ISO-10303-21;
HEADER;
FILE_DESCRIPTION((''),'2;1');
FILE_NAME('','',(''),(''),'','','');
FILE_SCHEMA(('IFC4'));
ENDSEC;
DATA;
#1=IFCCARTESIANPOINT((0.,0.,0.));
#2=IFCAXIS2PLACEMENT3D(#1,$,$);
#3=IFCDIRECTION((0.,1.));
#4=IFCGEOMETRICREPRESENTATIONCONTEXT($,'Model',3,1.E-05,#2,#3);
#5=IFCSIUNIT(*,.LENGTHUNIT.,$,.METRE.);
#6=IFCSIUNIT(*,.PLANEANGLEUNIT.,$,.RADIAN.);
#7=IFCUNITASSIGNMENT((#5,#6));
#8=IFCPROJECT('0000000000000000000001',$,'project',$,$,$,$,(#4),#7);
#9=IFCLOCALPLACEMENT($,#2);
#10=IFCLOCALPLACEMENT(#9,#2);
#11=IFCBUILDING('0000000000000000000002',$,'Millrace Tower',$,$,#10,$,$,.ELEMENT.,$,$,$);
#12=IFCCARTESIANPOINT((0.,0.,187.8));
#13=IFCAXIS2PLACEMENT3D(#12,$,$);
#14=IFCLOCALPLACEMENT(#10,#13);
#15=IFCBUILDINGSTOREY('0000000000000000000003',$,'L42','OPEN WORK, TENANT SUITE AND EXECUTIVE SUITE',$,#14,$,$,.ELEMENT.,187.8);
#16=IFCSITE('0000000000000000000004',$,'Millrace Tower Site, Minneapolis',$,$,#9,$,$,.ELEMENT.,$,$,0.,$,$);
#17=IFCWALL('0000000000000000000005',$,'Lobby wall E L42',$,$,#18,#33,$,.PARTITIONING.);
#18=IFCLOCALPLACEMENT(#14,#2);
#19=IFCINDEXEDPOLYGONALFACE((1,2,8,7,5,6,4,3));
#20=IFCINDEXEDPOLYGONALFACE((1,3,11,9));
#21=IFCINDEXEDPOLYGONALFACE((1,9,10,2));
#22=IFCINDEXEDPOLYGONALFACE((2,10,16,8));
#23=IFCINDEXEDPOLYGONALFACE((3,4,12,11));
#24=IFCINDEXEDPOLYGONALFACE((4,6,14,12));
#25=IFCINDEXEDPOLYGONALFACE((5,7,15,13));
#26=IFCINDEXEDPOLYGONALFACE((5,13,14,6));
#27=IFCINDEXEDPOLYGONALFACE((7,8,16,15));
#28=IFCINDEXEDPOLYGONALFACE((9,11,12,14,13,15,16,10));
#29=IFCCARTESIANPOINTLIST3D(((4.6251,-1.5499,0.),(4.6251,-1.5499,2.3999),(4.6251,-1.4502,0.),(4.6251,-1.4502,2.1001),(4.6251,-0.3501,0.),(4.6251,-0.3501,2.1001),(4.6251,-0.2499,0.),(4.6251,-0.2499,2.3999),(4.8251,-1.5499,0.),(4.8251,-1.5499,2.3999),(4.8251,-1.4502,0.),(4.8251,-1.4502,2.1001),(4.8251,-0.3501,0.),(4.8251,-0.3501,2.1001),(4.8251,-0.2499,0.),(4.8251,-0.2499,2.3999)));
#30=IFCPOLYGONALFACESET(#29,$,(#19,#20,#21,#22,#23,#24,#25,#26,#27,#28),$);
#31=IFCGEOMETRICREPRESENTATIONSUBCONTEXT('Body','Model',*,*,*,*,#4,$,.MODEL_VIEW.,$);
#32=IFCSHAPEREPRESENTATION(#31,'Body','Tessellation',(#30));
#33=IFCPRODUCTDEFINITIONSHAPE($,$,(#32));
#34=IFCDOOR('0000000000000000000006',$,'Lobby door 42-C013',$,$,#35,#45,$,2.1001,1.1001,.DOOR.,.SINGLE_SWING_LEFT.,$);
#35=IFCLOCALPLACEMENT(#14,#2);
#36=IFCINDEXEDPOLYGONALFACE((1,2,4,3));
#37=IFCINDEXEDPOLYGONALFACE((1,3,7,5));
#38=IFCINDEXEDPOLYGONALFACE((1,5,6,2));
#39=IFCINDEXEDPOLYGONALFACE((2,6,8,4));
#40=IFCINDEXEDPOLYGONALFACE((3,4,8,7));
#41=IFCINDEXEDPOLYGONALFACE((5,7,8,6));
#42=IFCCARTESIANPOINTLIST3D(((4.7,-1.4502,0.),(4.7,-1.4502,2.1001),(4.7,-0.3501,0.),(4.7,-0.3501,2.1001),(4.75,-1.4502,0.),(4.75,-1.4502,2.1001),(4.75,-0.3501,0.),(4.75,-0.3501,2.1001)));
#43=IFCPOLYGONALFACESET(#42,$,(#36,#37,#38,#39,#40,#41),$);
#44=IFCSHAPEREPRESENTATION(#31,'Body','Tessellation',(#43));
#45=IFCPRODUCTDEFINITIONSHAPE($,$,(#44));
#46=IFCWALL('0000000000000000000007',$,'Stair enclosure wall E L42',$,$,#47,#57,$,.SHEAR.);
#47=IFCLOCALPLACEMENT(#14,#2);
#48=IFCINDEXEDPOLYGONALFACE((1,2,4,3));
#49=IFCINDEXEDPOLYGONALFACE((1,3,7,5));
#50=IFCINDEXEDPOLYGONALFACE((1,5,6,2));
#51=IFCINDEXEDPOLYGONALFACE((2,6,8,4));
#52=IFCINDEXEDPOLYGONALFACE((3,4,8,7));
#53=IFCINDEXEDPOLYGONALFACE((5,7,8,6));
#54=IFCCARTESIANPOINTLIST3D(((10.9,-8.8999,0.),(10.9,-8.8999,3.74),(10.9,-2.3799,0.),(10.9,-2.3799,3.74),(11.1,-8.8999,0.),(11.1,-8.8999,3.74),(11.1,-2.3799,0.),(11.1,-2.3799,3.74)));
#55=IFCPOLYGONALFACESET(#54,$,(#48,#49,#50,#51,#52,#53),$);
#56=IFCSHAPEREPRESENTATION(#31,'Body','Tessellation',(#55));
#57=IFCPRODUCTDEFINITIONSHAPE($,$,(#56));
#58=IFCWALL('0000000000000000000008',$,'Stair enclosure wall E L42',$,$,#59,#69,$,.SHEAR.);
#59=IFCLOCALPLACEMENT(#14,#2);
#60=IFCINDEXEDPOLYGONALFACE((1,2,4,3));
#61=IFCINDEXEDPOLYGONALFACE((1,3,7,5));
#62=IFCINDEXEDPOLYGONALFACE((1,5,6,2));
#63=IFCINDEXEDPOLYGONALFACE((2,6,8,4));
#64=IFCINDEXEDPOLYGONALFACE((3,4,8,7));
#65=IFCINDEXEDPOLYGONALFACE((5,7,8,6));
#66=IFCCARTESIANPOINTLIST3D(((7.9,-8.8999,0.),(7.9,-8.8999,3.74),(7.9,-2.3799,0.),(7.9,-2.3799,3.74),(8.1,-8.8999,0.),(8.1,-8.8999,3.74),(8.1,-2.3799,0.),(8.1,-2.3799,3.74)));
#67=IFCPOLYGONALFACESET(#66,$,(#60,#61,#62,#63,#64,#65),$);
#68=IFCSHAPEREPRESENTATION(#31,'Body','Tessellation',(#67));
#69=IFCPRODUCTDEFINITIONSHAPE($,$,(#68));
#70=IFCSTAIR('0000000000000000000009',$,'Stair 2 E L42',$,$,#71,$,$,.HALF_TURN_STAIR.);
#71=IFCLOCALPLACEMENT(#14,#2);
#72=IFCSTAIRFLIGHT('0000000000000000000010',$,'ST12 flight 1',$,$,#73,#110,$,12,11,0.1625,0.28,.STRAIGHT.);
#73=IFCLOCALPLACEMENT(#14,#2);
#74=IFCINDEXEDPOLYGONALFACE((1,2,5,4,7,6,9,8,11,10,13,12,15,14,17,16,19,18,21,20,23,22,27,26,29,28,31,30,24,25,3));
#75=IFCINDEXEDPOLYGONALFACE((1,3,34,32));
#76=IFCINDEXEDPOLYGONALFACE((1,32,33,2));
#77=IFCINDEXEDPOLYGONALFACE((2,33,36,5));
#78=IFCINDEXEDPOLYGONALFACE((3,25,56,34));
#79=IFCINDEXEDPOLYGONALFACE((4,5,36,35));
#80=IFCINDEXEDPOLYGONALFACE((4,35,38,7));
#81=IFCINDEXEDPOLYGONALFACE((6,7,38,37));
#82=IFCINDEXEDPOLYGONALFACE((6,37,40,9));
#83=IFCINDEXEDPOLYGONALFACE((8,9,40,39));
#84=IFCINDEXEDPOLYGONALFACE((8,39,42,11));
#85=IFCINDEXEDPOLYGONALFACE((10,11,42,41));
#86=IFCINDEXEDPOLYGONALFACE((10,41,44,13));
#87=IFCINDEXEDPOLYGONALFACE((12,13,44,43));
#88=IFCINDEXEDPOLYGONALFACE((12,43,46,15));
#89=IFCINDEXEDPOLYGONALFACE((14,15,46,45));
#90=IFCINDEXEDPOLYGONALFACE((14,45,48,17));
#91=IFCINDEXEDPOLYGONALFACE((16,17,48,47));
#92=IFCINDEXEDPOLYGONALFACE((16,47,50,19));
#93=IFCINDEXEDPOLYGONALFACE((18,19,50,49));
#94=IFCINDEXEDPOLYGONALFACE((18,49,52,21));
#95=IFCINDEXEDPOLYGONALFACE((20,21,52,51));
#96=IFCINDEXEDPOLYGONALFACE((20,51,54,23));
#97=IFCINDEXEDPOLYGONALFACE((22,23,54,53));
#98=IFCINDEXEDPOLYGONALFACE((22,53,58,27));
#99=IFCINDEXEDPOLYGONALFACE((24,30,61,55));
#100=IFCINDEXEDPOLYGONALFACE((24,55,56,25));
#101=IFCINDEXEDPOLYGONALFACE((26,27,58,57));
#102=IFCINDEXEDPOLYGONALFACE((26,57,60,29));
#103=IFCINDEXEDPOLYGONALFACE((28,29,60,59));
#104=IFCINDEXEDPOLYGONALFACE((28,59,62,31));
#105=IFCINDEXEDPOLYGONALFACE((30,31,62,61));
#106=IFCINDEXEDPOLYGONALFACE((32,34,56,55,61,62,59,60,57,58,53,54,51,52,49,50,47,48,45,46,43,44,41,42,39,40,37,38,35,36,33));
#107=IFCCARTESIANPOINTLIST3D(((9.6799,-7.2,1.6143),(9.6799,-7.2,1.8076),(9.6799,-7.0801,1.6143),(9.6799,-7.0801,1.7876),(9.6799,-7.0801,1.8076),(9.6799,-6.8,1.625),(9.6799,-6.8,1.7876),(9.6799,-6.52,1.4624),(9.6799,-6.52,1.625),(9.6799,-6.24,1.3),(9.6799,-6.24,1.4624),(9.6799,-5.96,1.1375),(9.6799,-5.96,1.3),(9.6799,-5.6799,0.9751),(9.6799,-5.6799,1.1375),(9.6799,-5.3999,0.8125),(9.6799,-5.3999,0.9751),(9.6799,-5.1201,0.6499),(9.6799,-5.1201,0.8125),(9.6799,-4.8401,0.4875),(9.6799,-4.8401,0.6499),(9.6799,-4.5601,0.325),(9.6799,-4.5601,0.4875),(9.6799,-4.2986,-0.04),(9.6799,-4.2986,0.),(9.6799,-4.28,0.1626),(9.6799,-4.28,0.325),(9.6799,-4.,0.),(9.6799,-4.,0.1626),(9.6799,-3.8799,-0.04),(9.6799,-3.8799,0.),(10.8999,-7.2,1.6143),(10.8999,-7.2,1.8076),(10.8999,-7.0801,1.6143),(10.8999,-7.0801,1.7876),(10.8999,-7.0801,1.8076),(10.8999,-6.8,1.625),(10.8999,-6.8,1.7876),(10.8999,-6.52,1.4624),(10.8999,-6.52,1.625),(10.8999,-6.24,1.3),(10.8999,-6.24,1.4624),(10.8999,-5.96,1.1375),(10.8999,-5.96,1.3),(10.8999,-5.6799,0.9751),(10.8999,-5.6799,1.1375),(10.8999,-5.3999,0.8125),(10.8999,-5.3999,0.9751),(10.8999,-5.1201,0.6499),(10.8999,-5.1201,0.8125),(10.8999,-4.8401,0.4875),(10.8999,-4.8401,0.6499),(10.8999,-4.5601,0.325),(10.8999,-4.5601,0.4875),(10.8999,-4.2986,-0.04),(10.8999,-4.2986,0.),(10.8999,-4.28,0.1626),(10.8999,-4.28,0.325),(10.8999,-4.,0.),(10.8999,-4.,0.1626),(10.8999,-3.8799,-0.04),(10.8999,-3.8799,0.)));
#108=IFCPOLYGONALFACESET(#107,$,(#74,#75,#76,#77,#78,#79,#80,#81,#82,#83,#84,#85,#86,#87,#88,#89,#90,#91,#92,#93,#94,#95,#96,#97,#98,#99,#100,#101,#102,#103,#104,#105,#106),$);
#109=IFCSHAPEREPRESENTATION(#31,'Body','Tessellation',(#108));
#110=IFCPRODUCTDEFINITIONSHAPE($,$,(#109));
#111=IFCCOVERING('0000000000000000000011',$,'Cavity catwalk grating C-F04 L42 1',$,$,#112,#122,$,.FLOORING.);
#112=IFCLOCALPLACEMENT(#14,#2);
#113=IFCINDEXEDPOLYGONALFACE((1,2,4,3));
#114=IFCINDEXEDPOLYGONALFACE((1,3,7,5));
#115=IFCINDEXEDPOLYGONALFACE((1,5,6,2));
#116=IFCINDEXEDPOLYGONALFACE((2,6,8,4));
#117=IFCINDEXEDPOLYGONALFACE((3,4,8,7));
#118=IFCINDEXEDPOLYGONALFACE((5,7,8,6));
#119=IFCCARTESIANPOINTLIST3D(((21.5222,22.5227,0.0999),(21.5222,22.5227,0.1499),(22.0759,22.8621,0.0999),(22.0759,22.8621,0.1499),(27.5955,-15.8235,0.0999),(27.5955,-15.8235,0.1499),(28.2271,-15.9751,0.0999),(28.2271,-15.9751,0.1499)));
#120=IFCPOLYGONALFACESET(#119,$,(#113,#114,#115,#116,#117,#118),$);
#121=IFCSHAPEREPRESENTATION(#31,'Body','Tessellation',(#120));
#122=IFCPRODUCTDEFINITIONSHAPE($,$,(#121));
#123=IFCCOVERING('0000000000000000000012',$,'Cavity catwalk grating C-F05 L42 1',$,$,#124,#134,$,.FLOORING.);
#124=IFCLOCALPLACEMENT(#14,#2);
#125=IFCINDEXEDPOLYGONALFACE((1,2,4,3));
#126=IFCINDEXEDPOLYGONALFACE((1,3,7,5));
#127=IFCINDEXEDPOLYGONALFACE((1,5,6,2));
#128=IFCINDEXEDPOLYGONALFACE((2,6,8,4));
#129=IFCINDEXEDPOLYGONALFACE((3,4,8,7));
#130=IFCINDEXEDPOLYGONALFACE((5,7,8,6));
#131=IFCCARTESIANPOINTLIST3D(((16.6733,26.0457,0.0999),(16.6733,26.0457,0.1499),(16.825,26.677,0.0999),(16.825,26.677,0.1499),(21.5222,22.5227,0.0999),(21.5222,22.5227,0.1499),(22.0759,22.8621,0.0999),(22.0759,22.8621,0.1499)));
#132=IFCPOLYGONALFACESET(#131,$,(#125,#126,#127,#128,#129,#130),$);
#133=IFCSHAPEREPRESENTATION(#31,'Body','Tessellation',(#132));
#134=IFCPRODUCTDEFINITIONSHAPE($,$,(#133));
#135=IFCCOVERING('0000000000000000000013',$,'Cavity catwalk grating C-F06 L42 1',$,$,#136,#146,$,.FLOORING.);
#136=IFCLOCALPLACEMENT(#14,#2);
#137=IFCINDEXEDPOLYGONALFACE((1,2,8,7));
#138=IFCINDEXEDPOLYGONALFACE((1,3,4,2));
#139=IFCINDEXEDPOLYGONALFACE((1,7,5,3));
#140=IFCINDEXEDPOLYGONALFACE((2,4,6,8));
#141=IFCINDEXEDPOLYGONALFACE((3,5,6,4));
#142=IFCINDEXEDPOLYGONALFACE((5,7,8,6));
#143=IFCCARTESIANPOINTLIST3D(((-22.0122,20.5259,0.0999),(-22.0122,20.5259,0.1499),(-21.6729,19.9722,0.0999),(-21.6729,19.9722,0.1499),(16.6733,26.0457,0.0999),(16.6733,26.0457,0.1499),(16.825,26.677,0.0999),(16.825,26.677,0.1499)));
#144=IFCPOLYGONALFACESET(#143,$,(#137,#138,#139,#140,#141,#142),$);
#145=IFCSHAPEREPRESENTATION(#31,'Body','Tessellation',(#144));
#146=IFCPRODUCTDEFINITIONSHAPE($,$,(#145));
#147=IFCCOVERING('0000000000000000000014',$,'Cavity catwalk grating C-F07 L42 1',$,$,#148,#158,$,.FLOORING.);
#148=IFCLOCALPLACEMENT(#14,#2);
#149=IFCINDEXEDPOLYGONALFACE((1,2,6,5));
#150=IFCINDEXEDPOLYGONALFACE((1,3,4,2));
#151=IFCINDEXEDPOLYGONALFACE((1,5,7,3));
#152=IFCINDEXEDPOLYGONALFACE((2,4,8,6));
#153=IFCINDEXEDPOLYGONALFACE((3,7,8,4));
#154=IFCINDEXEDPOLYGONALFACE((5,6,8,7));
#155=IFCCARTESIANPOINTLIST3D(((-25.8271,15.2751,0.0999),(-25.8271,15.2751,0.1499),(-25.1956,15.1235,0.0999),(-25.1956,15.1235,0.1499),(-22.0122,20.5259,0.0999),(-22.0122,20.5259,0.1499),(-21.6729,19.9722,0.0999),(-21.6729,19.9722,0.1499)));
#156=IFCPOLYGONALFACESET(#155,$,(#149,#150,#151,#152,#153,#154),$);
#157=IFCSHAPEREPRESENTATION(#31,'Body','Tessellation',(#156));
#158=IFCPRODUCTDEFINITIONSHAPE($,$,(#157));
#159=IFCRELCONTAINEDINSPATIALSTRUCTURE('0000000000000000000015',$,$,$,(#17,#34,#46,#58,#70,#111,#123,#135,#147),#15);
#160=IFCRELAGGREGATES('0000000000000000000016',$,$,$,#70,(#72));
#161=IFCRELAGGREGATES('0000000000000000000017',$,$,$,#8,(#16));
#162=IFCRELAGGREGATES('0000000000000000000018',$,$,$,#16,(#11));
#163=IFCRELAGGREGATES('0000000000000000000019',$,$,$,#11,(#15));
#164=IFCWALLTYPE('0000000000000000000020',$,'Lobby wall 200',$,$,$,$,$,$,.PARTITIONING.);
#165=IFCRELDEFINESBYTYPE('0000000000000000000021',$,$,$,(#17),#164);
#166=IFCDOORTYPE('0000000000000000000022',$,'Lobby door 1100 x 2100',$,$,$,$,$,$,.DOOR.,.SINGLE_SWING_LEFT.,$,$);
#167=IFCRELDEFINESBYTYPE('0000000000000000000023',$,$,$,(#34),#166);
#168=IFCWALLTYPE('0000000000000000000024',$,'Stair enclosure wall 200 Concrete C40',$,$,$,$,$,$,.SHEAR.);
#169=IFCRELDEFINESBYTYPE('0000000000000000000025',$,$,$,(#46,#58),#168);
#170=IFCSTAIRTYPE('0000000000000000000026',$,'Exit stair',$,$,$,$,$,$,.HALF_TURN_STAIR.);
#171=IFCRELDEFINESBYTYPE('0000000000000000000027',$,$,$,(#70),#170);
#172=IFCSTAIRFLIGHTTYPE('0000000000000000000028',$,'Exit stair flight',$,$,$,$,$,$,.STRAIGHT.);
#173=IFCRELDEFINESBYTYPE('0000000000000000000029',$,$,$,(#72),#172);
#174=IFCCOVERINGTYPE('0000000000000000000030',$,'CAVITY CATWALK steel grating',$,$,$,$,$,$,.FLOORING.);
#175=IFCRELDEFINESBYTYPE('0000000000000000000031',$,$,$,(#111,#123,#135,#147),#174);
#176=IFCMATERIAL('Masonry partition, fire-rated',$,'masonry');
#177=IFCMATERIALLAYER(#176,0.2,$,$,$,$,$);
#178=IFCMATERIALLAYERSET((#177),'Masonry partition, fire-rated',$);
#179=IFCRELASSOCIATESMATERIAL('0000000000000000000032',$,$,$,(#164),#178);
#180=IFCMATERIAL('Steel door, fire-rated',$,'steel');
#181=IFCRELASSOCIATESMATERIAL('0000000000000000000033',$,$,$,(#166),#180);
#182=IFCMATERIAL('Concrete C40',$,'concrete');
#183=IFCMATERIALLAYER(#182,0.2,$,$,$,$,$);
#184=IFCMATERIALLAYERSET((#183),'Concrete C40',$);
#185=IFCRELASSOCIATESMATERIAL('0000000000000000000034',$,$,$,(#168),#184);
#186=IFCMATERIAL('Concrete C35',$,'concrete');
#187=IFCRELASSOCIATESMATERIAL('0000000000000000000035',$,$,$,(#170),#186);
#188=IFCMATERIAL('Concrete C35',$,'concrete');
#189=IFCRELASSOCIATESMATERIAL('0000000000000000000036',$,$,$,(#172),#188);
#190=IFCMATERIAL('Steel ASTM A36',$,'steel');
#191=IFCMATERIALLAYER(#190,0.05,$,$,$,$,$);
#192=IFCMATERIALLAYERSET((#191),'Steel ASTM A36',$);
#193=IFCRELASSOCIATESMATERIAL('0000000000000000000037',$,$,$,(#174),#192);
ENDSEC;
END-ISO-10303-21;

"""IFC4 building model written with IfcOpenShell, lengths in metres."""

from ifc_helpers import new_model, si_unit, direction, frame, frame_2d, origin, place, context, subcontext, project, spatial, polyline, rectangle, outline, extrude, material, layer, layer_set, type_object, element, fill, aggregate, save


model = new_model("IFC4")

# Units and contexts
model_context = context("Model", 3, precision=1e-05, world=origin(), true_north=direction((0.0, 1.0)))
body_context = subcontext(model_context, "Body", "Model", "MODEL_VIEW")
ifc_project = project(units=[si_unit("LENGTHUNIT", "METRE"), si_unit("PLANEANGLEUNIT", "RADIAN")], contexts=[model_context])

# Site, building, storey
site_placement = place(None, origin())
site = spatial("IfcSite", under=ifc_project, at=site_placement, Name="Millrace Tower Site, Minneapolis", CompositionType="ELEMENT", RefElevation=0.0)
building_placement = place(site_placement, origin())
building = spatial("IfcBuilding", under=site, at=building_placement, Name="Millrace Tower", CompositionType="ELEMENT")
storey_placement = place(building_placement, frame((0.0, 0.0, 187.8)))
storey = spatial("IfcBuildingStorey", under=building, at=storey_placement, Name="L42", Description="OPEN WORK, TENANT SUITE AND EXECUTIVE SUITE", CompositionType="ELEMENT", Elevation=187.8)

# Shared definitions
placement_1 = place(storey_placement, origin())

# Wall, opening, door
ifc_material_1 = material(Name="Masonry partition, fire-rated", Category="masonry")
ifc_layer_1 = layer(ifc_material_1, 0.2)
ifc_layer_set_1 = layer_set([ifc_layer_1], Name="Masonry partition, fire-rated")
wall_type_1 = type_object("IfcWallType", Name="Lobby wall 200", PredefinedType="PARTITIONING", material=ifc_layer_set_1)
wall_1_placement = place(storey_placement, frame((4.7251, -0.25, 0.0), z_axis=(0.0, 0.0, 1.0), x_axis=(0.0, -1.0, 0.0)))
wall_1 = element("IfcWall", 1, at=wall_1_placement, inside=storey, type_object=wall_type_1, Name="Lobby wall E L42", PredefinedType="PARTITIONING", context=body_context, shape_type="SweptSolid", body=[
    extrude(rectangle(XDim=1.3, YDim=0.2, at=frame_2d((0.6499, 0.0))), origin(), (0.0, 0.0, 1.0), 2.3999),
])
opening_placement = place(wall_1_placement, frame((0.1001, 0.0, 0.0)))
opening = element("IfcOpeningElement", 2, at=opening_placement, cuts=wall_1, PredefinedType="OPENING", context=body_context, shape_type="SweptSolid", body=[
    extrude(rectangle(XDim=1.1001, YDim=2.1001, at=frame_2d((0.55, 1.05))), frame((0.0, 0.1099, 0.0), z_axis=(0.0, -1.0, 0.0), x_axis=(1.0, 0.0, 0.0)), (0.0, 0.0, 1.0), 0.22),
])
ifc_material_2 = material(Name="Steel door, fire-rated", Category="steel")
door_type = type_object("IfcDoorType", Name="Lobby door 1100 x 2100", OperationType="SINGLE_SWING_LEFT", PredefinedType="DOOR", material=ifc_material_2)
door_placement = place(opening_placement, origin())
door = element("IfcDoor", 3, at=door_placement, inside=storey, type_object=door_type, Name="Lobby door 42-C013", OperationType="SINGLE_SWING_LEFT", OverallHeight=2.1001, OverallWidth=1.1001, PredefinedType="DOOR", context=body_context, shape_type="SweptSolid", body=[
    extrude(rectangle(XDim=1.1001, YDim=2.1001, at=frame_2d((0.55, 1.05))), frame((0.0, 0.0249, 0.0), z_axis=(0.0, -1.0, 0.0), x_axis=(1.0, 0.0, 0.0)), (0.0, 0.0, 1.0), 0.05),
])
fill(opening, door)

# Walls
ifc_material_3 = material(Name="Concrete C40", Category="concrete")
ifc_layer_2 = layer(ifc_material_3, 0.2)
ifc_layer_set_2 = layer_set([ifc_layer_2], Name="Concrete C40")
wall_type_2 = type_object("IfcWallType", Name="Stair enclosure wall 200 Concrete C40", PredefinedType="SHEAR", material=ifc_layer_set_2)
for number, where, z_axis, x_axis, name in (
    (4, (11.0, -2.3799, 0.0), (0.0, 0.0, 1.0), (0.0, -1.0, 0.0), "Stair enclosure wall E L42"),
    (5, (8.0, -2.3799, 0.0), (0.0, 0.0, 1.0), (0.0, -1.0, 0.0), "Stair enclosure wall E L42"),
):
    element("IfcWall", number, at=place(storey_placement, frame(where, z_axis=z_axis, x_axis=x_axis)), inside=storey, type_object=wall_type_2, Name=name, PredefinedType="SHEAR", context=body_context, shape_type="SweptSolid", body=[
        extrude(rectangle(XDim=6.52, YDim=0.2, at=frame_2d((3.26, 0.0))), origin(), (0.0, 0.0, 1.0), 3.74),
    ])

# Stair, stair flight
ifc_material_4 = material(Name="Concrete C35", Category="concrete")
stair_type = type_object("IfcStairType", Name="Exit stair", PredefinedType="HALF_TURN_STAIR", material=ifc_material_4)
stair = element("IfcStair", 6, at=placement_1, inside=storey, type_object=stair_type, Name="Stair 2 E L42", PredefinedType="HALF_TURN_STAIR")
ifc_material_5 = material(Name="Concrete C35", Category="concrete")
stair_flight_type = type_object("IfcStairFlightType", Name="Exit stair flight", PredefinedType="STRAIGHT", material=ifc_material_5)
stair_flight_placement = place(storey_placement, frame((10.29, -4.0, 0.0), z_axis=(0.0, 0.0, 1.0), x_axis=(0.0, -1.0, 0.0)))
stair_flight = element("IfcStairFlight", 7, at=stair_flight_placement, type_object=stair_flight_type, Name="ST12 flight 1", NumberOfRisers=12, NumberOfTreads=11, PredefinedType="STRAIGHT", RiserHeight=0.1625, TreadLength=0.28, context=body_context, shape_type="SweptSolid", body=[
    extrude(outline(polyline([(-0.1201, -0.04), (-0.1201, 0.0), (0.0, 0.0), (0.0, 0.1626), (0.28, 0.1626), (0.28, 0.325), (0.5601, 0.325), (0.5601, 0.4875), (0.8401, 0.4875), (0.8401, 0.6499), (1.1201, 0.6499), (1.1201, 0.8125), (1.3999, 0.8125), (1.3999, 0.9751), (1.6799, 0.9751), (1.6799, 1.1375), (1.96, 1.1375), (1.96, 1.3), (2.24, 1.3), (2.24, 1.4624), (2.52, 1.4624), (2.52, 1.625), (2.8, 1.625), (2.8, 1.7876), (3.0801, 1.7876), (3.0801, 1.8076), (3.2, 1.8076), (3.2, 1.6143), (3.0801, 1.6143), (0.2986, 0.0), (0.2986, -0.04), (-0.1201, -0.04)])), frame((0.0, 0.6099, 0.0), z_axis=(0.0, -1.0, 0.0), x_axis=(1.0, 0.0, 0.0)), (0.0, 0.0, 1.0), 1.22),
])
aggregate(stair, [stair_flight])

# Coverings
ifc_material_6 = material(Name="Steel ASTM A36", Category="steel")
ifc_layer_3 = layer(ifc_material_6, 0.05)
ifc_layer_set_3 = layer_set([ifc_layer_3], Name="Steel ASTM A36")
covering_type = type_object("IfcCoveringType", Name="CAVITY CATWALK steel grating", PredefinedType="FLOORING", material=ifc_layer_set_3)
placement_2 = place(storey_placement, frame((0.0, 0.0, 0.0999)))
element("IfcCovering", 8, at=placement_2, inside=storey, type_object=covering_type, Name="Cavity catwalk grating C-F04 L42 1", PredefinedType="FLOORING", context=body_context, shape_type="SweptSolid", body=[
    extrude(outline(polyline([(28.2271, -15.9751), (22.0759, 22.8621), (21.5222, 22.5227), (27.5955, -15.8235), (28.2271, -15.9751)])), origin(), (0.0, 0.0, 1.0), 0.05),
])
element("IfcCovering", 9, at=placement_2, inside=storey, type_object=covering_type, Name="Cavity catwalk grating C-F05 L42 1", PredefinedType="FLOORING", context=body_context, shape_type="SweptSolid", body=[
    extrude(outline(polyline([(22.0759, 22.8621), (16.825, 26.677), (16.6733, 26.0457), (21.5222, 22.5227), (22.0759, 22.8621)])), origin(), (0.0, 0.0, 1.0), 0.05),
])
element("IfcCovering", 10, at=placement_2, inside=storey, type_object=covering_type, Name="Cavity catwalk grating C-F06 L42 1", PredefinedType="FLOORING", context=body_context, shape_type="SweptSolid", body=[
    extrude(outline(polyline([(16.825, 26.677), (-22.0122, 20.5259), (-21.6729, 19.9722), (16.6733, 26.0457), (16.825, 26.677)])), origin(), (0.0, 0.0, 1.0), 0.05),
])
element("IfcCovering", 11, at=placement_2, inside=storey, type_object=covering_type, Name="Cavity catwalk grating C-F07 L42 1", PredefinedType="FLOORING", context=body_context, shape_type="SweptSolid", body=[
    extrude(outline(polyline([(-22.0122, 20.5259), (-25.8271, 15.2751), (-25.1956, 15.1235), (-21.6729, 19.9722), (-22.0122, 20.5259)])), origin(), (0.0, 0.0, 1.0), 0.05),
])

save(model, "model.ifc")
